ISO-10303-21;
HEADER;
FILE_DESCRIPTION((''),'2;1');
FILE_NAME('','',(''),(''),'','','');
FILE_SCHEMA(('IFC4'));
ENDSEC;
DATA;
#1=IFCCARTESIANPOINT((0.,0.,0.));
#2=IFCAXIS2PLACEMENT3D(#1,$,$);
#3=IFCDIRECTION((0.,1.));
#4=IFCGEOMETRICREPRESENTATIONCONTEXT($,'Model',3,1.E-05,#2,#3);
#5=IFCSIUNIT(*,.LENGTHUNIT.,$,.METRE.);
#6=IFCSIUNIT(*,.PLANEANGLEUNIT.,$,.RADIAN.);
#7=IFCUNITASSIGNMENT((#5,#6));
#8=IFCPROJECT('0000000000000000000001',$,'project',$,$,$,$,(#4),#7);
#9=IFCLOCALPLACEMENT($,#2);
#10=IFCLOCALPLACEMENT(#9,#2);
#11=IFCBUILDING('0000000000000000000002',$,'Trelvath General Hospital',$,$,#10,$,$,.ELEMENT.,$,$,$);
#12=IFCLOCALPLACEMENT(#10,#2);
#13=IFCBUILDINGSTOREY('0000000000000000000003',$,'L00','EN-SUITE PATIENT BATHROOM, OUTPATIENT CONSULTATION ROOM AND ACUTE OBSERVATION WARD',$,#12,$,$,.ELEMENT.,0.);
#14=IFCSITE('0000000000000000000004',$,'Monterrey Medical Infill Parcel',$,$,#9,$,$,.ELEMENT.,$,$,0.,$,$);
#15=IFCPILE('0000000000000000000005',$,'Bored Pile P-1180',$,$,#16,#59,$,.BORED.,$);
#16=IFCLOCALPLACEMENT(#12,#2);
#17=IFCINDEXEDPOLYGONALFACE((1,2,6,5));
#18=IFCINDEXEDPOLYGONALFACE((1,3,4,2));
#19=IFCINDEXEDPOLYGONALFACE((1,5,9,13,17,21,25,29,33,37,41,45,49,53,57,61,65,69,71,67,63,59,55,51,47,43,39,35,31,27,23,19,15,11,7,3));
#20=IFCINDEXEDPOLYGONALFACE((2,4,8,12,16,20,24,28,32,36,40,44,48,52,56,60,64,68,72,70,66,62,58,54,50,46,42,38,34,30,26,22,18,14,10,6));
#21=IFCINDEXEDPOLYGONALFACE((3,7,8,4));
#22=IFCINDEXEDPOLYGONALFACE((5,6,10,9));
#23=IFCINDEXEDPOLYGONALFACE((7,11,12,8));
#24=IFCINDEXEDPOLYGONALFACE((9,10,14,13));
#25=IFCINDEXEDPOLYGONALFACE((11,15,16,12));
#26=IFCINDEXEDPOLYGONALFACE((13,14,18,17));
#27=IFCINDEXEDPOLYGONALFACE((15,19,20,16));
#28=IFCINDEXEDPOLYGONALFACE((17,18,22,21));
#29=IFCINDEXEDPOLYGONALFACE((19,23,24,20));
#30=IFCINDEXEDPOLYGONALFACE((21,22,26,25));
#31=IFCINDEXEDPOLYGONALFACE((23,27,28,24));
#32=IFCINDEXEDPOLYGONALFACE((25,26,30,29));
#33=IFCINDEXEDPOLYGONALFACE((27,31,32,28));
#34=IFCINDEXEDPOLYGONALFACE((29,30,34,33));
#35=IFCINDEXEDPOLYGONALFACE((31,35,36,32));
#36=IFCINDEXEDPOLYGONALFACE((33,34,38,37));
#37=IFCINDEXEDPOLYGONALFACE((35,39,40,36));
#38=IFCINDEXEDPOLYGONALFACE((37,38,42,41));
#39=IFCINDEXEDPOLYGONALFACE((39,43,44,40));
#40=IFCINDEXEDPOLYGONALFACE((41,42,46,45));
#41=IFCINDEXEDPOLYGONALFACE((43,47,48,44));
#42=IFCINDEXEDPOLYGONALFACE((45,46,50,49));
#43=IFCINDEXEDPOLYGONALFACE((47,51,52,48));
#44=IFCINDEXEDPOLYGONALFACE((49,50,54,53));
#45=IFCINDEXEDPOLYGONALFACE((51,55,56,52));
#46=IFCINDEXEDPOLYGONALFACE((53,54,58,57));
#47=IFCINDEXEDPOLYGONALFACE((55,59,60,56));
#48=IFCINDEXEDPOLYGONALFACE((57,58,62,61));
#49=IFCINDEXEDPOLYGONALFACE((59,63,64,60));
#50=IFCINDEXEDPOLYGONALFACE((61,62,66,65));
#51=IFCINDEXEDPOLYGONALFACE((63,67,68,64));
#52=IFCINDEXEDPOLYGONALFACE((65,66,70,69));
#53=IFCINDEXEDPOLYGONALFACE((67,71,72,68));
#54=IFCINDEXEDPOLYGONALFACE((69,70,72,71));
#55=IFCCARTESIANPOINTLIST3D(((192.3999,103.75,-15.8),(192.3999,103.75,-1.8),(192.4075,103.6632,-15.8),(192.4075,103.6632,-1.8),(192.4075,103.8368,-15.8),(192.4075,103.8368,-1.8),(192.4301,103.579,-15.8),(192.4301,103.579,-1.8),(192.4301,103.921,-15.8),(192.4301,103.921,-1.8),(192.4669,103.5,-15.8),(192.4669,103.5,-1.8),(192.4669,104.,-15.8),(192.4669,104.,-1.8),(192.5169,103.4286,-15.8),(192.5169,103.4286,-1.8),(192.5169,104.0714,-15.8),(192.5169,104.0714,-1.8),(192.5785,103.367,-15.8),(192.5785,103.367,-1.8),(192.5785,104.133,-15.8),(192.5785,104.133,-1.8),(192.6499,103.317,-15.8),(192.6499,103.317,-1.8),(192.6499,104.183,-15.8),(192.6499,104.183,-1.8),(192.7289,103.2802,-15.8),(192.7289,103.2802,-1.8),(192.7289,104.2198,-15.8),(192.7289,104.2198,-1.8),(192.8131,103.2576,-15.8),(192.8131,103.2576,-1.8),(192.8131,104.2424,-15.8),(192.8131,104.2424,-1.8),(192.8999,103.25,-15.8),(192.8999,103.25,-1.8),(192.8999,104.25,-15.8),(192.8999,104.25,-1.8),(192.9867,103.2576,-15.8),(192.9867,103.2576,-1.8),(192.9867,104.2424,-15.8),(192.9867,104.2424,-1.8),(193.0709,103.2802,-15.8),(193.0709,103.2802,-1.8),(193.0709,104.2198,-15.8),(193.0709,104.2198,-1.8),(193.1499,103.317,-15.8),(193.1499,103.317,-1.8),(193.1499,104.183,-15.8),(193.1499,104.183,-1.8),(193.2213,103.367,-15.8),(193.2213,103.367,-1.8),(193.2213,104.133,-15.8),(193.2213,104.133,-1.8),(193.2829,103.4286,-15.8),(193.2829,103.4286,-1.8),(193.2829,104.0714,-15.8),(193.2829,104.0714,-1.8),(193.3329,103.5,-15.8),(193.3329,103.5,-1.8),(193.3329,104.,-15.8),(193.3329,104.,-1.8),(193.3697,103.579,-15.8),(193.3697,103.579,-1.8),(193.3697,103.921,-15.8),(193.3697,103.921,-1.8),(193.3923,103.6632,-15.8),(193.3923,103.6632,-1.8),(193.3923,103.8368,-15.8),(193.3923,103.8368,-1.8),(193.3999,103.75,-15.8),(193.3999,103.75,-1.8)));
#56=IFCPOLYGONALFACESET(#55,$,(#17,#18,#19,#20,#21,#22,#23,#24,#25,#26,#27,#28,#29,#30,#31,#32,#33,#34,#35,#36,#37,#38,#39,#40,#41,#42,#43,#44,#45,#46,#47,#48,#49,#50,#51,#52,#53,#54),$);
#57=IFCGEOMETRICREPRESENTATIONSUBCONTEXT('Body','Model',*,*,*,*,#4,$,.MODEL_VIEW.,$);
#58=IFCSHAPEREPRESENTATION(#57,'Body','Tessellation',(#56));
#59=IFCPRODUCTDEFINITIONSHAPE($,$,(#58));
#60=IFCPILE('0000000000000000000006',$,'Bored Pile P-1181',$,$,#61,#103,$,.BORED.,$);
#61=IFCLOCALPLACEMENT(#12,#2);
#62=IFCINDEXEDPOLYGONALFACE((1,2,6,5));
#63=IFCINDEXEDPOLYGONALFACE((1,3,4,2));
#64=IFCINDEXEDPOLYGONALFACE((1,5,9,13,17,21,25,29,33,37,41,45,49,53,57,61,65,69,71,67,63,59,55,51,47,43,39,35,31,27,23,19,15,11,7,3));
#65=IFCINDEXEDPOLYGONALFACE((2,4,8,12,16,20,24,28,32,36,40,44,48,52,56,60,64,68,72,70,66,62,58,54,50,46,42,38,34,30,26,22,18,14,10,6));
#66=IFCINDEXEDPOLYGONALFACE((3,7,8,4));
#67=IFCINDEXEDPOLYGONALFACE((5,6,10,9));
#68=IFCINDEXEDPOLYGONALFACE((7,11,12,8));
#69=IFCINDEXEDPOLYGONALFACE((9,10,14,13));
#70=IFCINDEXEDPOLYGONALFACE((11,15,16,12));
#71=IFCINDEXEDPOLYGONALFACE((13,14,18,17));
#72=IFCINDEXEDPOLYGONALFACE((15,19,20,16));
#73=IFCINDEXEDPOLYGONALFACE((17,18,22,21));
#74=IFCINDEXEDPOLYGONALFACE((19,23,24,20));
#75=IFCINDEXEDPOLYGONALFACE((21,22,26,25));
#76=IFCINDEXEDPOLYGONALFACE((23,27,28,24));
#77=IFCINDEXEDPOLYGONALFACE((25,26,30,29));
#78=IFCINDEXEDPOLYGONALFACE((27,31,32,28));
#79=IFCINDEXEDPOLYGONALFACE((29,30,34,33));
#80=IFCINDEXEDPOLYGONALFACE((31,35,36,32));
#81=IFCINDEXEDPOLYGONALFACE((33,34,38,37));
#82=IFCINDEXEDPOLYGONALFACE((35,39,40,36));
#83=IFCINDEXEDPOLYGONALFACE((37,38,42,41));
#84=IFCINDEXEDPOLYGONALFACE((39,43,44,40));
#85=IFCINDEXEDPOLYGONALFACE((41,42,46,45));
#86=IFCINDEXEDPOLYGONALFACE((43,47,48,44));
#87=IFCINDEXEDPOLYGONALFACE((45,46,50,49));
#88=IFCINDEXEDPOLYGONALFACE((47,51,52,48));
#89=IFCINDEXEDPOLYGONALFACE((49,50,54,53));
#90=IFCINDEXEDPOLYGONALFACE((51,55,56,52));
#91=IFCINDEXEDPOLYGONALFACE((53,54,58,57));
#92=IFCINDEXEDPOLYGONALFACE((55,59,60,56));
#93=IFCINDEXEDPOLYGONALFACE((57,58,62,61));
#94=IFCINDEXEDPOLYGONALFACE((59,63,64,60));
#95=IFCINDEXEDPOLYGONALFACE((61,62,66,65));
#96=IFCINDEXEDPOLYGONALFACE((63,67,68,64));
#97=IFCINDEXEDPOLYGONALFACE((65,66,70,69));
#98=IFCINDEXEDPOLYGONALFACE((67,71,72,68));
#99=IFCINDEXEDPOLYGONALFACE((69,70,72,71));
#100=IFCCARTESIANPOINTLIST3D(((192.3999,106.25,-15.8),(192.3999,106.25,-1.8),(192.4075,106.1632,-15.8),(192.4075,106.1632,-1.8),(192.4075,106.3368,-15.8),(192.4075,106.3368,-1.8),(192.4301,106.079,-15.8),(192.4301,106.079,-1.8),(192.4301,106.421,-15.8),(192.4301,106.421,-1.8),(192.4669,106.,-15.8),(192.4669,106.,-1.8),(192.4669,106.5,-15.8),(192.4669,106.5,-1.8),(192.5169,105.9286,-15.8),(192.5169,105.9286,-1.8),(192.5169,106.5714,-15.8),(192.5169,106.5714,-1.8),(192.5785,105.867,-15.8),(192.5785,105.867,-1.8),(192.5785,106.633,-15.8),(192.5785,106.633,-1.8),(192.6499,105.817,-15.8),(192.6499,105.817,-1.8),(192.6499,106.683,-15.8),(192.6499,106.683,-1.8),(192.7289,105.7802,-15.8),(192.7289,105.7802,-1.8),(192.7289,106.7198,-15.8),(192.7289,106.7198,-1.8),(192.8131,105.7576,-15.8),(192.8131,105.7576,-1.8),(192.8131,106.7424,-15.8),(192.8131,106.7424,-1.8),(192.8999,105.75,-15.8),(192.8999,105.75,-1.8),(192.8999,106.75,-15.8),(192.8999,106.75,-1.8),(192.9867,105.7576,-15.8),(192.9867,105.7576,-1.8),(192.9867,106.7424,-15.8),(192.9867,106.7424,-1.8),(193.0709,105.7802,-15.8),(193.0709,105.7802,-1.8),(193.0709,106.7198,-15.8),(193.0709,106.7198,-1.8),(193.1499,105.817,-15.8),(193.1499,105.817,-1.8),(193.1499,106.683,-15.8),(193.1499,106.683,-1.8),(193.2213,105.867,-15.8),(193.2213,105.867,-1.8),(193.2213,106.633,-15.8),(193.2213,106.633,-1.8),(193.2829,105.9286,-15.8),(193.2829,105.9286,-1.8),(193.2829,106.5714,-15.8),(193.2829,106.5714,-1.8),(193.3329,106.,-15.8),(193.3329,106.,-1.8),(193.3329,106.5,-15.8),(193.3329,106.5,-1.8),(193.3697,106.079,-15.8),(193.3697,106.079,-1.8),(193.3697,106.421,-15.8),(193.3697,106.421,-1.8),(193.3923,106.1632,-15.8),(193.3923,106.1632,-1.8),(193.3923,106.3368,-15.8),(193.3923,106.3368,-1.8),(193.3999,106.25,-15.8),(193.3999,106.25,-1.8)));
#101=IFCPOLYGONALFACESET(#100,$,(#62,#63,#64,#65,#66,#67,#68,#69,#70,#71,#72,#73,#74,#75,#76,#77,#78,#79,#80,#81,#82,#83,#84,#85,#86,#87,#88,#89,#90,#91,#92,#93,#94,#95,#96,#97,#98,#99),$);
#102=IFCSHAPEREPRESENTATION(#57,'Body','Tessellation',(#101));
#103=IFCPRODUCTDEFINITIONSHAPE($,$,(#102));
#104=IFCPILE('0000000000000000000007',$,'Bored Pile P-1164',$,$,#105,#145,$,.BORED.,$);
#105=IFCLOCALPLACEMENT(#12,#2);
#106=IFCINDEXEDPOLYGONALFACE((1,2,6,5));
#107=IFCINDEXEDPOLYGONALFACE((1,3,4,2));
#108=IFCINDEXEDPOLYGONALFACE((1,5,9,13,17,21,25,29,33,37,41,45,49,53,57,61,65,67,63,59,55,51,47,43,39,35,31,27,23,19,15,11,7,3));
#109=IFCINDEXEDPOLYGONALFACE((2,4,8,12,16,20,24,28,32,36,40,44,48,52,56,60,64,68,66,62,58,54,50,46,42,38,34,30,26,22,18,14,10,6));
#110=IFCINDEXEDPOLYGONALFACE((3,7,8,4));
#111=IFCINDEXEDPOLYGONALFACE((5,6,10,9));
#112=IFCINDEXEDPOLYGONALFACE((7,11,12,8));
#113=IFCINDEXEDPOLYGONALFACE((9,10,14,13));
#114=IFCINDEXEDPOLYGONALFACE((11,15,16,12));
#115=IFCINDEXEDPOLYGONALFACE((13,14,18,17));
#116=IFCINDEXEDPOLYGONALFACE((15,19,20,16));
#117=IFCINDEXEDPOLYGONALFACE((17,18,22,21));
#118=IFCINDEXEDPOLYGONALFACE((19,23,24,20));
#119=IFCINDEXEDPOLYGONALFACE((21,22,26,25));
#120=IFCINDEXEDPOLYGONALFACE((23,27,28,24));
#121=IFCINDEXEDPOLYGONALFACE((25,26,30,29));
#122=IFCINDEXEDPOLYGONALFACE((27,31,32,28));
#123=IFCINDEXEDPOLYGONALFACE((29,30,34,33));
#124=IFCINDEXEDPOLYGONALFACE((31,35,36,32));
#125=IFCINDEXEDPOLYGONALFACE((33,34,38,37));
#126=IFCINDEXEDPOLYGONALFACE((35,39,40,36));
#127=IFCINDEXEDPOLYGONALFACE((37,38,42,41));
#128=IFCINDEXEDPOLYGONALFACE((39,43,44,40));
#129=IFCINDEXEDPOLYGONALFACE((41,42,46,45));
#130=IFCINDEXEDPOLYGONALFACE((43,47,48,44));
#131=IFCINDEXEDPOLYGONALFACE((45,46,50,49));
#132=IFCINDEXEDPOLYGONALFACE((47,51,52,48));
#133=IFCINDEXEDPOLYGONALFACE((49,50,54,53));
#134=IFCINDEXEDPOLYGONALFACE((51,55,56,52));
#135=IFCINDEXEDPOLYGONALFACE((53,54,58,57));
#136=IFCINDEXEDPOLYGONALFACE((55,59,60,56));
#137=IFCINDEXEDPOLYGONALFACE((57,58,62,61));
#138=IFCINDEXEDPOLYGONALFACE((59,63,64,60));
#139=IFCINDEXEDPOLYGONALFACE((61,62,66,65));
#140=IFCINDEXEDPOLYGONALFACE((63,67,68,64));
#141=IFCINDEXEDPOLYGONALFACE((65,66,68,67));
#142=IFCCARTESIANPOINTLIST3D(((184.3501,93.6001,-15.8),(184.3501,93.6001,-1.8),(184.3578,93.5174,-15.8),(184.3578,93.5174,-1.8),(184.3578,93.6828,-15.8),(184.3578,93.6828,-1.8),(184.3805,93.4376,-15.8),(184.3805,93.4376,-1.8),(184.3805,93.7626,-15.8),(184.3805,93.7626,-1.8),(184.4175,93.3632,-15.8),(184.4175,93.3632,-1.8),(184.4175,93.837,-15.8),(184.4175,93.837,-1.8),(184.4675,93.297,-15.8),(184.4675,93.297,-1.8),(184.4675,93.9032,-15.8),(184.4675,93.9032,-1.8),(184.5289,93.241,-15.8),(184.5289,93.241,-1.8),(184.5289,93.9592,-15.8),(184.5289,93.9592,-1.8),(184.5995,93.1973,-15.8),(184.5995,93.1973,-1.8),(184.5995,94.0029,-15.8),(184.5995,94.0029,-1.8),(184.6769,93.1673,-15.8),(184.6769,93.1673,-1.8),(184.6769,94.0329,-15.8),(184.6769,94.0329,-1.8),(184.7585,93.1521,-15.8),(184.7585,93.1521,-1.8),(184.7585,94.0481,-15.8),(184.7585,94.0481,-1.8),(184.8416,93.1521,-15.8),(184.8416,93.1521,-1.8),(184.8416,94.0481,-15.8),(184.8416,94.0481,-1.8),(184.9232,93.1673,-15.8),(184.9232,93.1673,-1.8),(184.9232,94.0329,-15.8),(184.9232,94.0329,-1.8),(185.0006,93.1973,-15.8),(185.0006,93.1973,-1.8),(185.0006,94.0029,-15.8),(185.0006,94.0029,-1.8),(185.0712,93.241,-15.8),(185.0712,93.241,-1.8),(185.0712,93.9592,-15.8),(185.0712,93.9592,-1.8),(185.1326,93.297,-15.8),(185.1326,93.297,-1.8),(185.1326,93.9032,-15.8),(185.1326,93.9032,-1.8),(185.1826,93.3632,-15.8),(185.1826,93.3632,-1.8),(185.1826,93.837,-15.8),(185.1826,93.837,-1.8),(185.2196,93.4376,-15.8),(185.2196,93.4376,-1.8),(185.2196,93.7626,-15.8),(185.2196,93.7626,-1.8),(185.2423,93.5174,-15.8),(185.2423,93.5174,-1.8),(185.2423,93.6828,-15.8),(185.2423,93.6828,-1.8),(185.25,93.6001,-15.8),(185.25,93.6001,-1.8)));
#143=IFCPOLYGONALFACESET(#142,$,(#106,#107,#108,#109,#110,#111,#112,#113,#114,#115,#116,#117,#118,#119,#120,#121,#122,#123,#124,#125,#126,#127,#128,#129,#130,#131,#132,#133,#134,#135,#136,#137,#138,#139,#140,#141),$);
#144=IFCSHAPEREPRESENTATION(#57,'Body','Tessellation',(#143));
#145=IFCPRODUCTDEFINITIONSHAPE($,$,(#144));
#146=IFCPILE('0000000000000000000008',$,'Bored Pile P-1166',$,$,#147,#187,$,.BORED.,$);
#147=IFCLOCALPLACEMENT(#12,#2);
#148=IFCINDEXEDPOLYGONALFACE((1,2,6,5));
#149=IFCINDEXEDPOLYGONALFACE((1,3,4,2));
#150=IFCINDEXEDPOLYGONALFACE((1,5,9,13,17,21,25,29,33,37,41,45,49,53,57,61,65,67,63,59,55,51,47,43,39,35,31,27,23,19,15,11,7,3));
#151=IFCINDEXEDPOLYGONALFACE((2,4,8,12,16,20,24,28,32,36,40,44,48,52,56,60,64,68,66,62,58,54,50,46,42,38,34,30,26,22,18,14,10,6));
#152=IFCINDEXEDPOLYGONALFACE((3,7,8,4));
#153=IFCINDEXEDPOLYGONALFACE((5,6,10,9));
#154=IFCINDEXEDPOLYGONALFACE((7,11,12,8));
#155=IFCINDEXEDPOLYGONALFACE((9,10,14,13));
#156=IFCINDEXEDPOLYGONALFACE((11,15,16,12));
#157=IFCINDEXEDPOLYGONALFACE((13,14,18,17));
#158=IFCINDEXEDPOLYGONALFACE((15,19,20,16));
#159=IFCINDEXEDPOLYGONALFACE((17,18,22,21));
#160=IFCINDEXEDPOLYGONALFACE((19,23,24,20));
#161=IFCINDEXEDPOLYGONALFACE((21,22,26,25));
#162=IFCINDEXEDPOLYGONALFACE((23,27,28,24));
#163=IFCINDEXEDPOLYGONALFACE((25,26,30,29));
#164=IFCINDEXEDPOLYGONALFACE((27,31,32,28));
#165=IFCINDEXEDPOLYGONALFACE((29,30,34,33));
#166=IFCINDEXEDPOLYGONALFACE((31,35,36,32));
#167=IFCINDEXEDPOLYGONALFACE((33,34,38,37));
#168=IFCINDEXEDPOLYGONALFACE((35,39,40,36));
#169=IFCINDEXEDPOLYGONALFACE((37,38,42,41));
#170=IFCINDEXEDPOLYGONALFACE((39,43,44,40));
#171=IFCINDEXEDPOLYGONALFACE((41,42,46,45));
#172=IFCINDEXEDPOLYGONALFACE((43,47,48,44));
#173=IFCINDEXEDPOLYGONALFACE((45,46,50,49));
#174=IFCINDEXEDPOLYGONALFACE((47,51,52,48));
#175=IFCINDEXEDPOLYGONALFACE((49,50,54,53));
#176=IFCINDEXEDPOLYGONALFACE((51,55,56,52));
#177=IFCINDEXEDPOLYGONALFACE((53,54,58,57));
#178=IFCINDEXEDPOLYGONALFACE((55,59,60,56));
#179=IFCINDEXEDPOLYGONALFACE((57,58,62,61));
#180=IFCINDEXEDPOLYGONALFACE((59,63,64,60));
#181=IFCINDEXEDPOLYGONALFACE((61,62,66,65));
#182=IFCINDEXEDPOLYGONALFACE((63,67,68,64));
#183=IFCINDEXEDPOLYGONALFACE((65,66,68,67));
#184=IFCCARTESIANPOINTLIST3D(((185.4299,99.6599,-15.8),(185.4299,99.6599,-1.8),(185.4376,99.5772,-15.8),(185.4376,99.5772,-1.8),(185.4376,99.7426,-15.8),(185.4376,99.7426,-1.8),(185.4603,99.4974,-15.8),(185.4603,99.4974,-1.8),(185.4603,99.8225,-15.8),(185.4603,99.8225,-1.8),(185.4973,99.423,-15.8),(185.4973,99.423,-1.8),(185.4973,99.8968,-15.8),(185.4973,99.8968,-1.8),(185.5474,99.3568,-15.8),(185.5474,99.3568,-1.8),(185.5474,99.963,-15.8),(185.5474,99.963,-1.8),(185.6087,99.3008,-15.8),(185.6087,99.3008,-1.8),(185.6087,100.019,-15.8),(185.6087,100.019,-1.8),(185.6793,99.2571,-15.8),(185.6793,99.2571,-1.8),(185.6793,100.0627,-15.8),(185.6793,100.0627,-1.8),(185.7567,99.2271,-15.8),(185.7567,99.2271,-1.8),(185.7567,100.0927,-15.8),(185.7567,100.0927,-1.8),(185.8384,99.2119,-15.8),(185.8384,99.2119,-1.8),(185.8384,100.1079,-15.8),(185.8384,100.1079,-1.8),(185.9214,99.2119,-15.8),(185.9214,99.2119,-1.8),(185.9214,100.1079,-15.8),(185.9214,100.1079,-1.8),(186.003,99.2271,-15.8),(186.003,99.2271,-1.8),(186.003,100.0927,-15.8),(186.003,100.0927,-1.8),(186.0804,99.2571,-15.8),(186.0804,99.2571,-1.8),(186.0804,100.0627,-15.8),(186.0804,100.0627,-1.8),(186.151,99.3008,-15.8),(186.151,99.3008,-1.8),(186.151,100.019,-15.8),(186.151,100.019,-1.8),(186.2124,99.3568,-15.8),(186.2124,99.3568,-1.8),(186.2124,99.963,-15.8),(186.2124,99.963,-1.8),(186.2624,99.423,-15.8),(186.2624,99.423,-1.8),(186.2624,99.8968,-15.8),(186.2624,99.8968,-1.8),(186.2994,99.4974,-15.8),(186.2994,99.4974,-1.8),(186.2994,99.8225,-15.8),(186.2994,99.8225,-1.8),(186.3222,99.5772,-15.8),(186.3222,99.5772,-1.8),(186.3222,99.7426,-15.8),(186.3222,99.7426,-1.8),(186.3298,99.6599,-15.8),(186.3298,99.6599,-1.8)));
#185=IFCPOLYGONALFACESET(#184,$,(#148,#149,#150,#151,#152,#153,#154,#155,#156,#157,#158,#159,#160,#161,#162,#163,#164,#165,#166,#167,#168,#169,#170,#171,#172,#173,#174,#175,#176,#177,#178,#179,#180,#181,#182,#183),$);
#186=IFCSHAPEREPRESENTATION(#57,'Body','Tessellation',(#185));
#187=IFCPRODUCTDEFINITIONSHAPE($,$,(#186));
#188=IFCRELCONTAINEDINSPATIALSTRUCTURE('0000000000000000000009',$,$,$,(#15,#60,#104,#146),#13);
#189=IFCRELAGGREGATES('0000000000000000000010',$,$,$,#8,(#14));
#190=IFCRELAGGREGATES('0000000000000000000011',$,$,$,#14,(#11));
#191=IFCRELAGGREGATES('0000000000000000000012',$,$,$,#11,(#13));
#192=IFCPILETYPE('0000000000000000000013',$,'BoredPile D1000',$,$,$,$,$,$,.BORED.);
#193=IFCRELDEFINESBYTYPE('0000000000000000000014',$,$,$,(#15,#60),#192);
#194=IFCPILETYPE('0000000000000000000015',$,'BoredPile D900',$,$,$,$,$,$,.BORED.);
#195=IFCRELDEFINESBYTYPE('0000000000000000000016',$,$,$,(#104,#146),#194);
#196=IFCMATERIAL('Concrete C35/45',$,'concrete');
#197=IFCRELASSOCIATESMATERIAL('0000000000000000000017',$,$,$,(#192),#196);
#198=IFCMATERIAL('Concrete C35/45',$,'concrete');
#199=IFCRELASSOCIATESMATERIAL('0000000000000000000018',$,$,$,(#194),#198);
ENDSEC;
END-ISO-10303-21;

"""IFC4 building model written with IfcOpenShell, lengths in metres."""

from ifc_helpers import new_model, si_unit, direction, frame, origin, origin_2d, place, context, subcontext, project, spatial, circle, extrude, material, material_profile, profile_set, type_object, element, save


model = new_model("IFC4")

# Units and contexts
model_context = context("Model", 3, precision=1e-05, world=origin(), true_north=direction((0.0, 1.0)))
body_context = subcontext(model_context, "Body", "Model", "MODEL_VIEW")
ifc_project = project(units=[si_unit("LENGTHUNIT", "METRE"), si_unit("PLANEANGLEUNIT", "RADIAN")], contexts=[model_context])

# Site, building, storey
site_placement = place(None, origin())
site = spatial("IfcSite", under=ifc_project, at=site_placement, Name="Monterrey Medical Infill Parcel", CompositionType="ELEMENT", RefElevation=0.0)
building_placement = place(site_placement, origin())
building = spatial("IfcBuilding", under=site, at=building_placement, Name="Trelvath General Hospital", CompositionType="ELEMENT")
storey_placement = place(building_placement, origin())
storey = spatial("IfcBuildingStorey", under=building, at=storey_placement, Name="L00", Description="EN-SUITE PATIENT BATHROOM, OUTPATIENT CONSULTATION ROOM AND ACUTE OBSERVATION WARD", CompositionType="ELEMENT", Elevation=0.0)

# Piles
ifc_material_1 = material(Name="Concrete C35/45", Category="concrete")
ifc_material_profile_1 = material_profile(ifc_material_1, circle(Radius=0.5, at=origin_2d()), Name="PILE1000")
ifc_profile_set_1 = profile_set([ifc_material_profile_1], Name="Concrete C35/45")
pile_type_1 = type_object("IfcPileType", Name="BoredPile D1000", PredefinedType="BORED", material=ifc_profile_set_1)
for number, where, z_axis, x_axis, name in (
    (1, (192.8999, 103.75, -1.8), (0.0, 0.0, -1.0), (1.0, 0.0, 0.0), "Bored Pile P-1180"),
    (2, (192.8999, 106.25, -1.8), (0.0, 0.0, -1.0), (1.0, 0.0, 0.0), "Bored Pile P-1181"),
):
    element("IfcPile", number, at=place(storey_placement, frame(where, z_axis=z_axis, x_axis=x_axis)), inside=storey, type_object=pile_type_1, Name=name, PredefinedType="BORED", context=body_context, shape_type="SweptSolid", body=[
        extrude(circle(Radius=0.5, at=origin_2d()), origin(), (0.0, 0.0, 1.0), 14.0),
    ])
ifc_material_2 = material(Name="Concrete C35/45", Category="concrete")
ifc_material_profile_2 = material_profile(ifc_material_2, circle(Radius=0.45, at=origin_2d()), Name="PILE900")
ifc_profile_set_2 = profile_set([ifc_material_profile_2], Name="Concrete C35/45")
pile_type_2 = type_object("IfcPileType", Name="BoredPile D900", PredefinedType="BORED", material=ifc_profile_set_2)
for number, where, z_axis, x_axis, name in (
    (3, (184.8, 93.6001, -1.8), (0.0, 0.0, -1.0), (1.0, 0.0, 0.0), "Bored Pile P-1164"),
    (4, (185.8799, 99.6599, -1.8), (0.0, 0.0, -1.0), (1.0, 0.0, 0.0), "Bored Pile P-1166"),
):
    element("IfcPile", number, at=place(storey_placement, frame(where, z_axis=z_axis, x_axis=x_axis)), inside=storey, type_object=pile_type_2, Name=name, PredefinedType="BORED", context=body_context, shape_type="SweptSolid", body=[
        extrude(circle(Radius=0.45, at=origin_2d()), origin(), (0.0, 0.0, 1.0), 14.0),
    ])

save(model, "model.ifc")
